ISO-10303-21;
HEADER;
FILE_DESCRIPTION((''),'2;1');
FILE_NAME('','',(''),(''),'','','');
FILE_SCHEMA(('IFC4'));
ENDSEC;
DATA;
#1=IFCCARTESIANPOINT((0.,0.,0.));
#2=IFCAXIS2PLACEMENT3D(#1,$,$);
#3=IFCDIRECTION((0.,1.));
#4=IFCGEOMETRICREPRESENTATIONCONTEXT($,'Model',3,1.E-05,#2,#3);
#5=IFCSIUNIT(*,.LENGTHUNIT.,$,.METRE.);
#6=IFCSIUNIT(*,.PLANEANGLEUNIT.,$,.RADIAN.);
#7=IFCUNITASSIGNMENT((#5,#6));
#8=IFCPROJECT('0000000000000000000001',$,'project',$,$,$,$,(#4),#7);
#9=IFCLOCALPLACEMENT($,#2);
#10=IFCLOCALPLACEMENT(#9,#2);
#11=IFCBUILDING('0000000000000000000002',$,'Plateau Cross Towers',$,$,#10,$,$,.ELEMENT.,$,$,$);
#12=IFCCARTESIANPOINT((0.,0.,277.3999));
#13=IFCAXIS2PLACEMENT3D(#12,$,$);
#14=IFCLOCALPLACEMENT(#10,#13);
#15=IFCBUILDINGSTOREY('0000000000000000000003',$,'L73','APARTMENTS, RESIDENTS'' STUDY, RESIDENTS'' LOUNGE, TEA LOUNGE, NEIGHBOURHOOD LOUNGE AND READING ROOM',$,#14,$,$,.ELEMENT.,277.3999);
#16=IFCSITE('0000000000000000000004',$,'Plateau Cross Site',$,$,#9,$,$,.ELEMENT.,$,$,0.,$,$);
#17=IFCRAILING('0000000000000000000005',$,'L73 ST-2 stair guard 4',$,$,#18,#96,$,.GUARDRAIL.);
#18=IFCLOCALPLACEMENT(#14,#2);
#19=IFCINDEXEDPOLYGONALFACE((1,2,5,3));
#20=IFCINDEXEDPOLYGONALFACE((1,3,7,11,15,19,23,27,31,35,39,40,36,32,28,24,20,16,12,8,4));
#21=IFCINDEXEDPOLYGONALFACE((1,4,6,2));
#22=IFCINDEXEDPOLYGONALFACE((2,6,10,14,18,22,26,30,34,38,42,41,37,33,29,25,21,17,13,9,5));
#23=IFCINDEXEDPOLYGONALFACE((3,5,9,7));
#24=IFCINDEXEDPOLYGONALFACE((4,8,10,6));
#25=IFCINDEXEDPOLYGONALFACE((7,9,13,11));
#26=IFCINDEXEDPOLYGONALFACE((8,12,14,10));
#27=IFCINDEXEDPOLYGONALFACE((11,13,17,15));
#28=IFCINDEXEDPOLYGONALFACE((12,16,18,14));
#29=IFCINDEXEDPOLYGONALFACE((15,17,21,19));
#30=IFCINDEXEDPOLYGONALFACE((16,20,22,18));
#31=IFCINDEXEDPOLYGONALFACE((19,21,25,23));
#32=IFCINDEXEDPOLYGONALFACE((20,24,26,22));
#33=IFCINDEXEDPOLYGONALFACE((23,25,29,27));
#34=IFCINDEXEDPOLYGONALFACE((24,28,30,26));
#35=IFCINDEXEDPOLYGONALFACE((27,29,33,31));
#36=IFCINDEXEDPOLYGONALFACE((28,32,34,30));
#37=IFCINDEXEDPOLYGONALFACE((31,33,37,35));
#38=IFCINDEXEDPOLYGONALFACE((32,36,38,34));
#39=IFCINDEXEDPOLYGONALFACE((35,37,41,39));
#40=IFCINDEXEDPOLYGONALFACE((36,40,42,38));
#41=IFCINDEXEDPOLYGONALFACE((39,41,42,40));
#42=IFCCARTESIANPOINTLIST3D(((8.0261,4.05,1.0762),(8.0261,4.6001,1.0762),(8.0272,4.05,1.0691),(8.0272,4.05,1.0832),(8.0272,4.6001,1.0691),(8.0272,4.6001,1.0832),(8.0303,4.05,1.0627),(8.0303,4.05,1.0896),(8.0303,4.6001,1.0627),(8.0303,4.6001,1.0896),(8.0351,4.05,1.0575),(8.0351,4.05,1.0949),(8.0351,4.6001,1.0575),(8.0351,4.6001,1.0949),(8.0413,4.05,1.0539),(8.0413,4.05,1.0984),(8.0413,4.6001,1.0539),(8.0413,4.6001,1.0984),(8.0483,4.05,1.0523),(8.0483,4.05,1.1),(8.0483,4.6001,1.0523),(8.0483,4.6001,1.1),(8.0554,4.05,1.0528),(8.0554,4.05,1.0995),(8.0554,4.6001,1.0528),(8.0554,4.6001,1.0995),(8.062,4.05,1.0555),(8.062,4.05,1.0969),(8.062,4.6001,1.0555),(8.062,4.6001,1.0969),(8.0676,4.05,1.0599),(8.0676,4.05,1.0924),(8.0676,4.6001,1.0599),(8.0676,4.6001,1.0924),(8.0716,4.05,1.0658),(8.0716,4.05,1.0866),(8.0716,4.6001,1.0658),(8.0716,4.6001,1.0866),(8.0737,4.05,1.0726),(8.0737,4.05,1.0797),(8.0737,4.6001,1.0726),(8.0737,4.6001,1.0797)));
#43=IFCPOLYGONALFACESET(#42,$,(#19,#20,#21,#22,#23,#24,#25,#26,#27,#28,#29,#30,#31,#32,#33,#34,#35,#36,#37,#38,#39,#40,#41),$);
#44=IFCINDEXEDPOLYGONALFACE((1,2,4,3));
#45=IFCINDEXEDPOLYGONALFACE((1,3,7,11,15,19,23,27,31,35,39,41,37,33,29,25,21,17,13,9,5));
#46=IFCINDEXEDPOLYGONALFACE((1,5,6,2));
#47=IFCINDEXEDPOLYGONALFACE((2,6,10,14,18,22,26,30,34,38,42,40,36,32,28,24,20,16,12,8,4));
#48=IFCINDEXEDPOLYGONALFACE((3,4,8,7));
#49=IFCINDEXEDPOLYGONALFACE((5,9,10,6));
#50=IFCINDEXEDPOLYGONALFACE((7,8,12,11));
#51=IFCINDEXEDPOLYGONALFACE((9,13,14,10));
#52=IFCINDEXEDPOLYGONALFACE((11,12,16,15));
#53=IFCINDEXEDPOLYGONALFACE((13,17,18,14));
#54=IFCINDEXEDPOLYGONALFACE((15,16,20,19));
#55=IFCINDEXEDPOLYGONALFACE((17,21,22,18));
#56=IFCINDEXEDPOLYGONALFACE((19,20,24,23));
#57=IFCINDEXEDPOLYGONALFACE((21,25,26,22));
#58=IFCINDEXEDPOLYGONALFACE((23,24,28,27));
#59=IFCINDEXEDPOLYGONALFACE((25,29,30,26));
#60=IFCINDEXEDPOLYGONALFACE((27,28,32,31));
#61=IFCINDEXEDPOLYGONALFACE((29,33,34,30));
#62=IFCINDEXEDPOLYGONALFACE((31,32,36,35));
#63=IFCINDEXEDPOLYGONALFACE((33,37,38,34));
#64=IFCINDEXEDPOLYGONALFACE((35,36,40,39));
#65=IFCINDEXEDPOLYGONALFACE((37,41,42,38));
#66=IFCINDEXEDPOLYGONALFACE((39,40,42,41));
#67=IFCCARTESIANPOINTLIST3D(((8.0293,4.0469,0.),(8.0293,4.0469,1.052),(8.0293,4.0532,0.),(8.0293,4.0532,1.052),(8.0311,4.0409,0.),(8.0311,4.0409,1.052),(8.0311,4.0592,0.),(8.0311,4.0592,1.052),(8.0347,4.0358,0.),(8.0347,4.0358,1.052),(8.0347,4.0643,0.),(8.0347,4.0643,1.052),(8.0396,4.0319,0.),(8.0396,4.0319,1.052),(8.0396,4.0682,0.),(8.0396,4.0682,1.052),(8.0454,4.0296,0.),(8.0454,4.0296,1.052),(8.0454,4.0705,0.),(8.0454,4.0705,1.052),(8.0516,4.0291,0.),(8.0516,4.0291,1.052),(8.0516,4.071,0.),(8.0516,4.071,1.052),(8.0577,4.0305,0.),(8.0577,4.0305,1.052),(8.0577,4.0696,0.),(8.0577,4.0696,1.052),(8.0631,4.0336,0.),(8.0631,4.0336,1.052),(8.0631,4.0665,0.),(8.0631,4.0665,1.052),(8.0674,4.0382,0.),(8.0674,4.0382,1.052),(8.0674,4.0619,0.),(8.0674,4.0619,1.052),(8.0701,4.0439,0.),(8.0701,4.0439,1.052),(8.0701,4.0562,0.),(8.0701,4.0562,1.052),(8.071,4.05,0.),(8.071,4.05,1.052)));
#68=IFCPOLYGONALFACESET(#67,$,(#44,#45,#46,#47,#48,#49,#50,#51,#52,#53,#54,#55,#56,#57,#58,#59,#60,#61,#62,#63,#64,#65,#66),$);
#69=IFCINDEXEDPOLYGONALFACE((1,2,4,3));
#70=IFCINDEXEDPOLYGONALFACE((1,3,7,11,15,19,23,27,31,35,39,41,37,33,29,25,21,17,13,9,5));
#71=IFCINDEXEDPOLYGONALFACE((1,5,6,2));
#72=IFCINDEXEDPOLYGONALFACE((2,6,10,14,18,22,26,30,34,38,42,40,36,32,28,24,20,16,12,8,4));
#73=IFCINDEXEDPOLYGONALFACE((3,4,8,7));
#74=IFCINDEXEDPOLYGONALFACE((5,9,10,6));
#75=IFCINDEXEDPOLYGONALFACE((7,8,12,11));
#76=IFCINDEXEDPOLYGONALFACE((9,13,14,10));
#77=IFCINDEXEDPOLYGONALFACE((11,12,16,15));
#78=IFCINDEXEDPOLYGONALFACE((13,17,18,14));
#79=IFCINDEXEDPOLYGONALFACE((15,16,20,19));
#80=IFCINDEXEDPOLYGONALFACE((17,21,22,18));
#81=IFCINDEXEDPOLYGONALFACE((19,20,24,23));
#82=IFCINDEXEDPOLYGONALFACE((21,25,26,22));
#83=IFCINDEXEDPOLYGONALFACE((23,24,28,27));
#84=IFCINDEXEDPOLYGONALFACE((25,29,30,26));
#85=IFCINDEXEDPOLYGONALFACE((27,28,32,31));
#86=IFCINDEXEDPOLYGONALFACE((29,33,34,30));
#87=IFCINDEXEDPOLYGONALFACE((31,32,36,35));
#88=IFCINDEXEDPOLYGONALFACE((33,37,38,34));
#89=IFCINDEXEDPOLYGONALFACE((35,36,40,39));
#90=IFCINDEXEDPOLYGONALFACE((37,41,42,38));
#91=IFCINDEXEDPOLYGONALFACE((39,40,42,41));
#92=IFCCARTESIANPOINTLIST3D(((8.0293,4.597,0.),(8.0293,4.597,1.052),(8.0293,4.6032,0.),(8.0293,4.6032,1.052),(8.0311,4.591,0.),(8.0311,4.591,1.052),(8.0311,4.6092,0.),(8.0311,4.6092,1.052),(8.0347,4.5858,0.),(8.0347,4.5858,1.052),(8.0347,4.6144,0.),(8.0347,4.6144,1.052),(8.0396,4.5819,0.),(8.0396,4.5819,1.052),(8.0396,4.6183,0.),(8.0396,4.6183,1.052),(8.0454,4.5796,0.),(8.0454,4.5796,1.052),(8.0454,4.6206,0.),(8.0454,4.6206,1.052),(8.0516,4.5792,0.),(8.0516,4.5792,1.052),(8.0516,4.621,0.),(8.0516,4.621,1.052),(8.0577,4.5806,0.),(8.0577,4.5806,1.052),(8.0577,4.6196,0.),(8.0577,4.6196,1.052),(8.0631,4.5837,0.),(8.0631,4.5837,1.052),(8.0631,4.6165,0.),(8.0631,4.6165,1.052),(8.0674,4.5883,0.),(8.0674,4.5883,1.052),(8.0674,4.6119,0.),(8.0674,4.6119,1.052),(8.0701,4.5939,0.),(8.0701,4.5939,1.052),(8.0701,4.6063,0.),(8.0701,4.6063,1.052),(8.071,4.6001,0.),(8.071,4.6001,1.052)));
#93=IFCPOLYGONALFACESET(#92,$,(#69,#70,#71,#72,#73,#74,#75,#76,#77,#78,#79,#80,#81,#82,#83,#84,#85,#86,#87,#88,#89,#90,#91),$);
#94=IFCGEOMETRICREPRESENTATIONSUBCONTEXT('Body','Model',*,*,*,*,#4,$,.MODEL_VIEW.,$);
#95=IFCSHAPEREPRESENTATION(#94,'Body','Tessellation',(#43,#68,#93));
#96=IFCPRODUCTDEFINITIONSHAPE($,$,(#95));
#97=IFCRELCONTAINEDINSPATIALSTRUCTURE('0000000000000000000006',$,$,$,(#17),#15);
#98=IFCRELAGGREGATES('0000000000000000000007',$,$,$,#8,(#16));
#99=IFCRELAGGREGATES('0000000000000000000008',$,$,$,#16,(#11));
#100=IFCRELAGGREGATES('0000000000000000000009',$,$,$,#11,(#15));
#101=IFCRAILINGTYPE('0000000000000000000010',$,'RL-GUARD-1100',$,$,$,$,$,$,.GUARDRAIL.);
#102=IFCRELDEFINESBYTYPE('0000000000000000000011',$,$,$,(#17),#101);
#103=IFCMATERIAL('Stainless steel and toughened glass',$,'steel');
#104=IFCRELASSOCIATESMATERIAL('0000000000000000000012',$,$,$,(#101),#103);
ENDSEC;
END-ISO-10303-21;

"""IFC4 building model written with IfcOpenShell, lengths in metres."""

from ifc_helpers import new_model, si_unit, direction, frame, origin, origin_2d, place, context, subcontext, project, spatial, circle, extrude, material, type_object, element, save


model = new_model("IFC4")

# Units and contexts
model_context = context("Model", 3, precision=1e-05, world=origin(), true_north=direction((0.0, 1.0)))
body_context = subcontext(model_context, "Body", "Model", "MODEL_VIEW")
ifc_project = project(units=[si_unit("LENGTHUNIT", "METRE"), si_unit("PLANEANGLEUNIT", "RADIAN")], contexts=[model_context])

# Site, building, storey
site_placement = place(None, origin())
site = spatial("IfcSite", under=ifc_project, at=site_placement, Name="Plateau Cross Site", CompositionType="ELEMENT", RefElevation=0.0)
building_placement = place(site_placement, origin())
building = spatial("IfcBuilding", under=site, at=building_placement, Name="Plateau Cross Towers", CompositionType="ELEMENT")
storey_placement = place(building_placement, frame((0.0, 0.0, 277.3999)))
storey = spatial("IfcBuildingStorey", under=building, at=storey_placement, Name="L73", Description="APARTMENTS, RESIDENTS' STUDY, RESIDENTS' LOUNGE, TEA LOUNGE, NEIGHBOURHOOD LOUNGE AND READING ROOM", CompositionType="ELEMENT", Elevation=277.3999)

# Railing
ifc_material_1 = material(Name="Stainless steel and toughened glass", Category="steel")
railing_type_1 = type_object("IfcRailingType", Name="RL-GUARD-1100", PredefinedType="GUARDRAIL", material=ifc_material_1)
railing_1_placement = place(storey_placement, frame((8.05, 4.05, 0.0)))
element("IfcRailing", 1, at=railing_1_placement, inside=storey, type_object=railing_type_1, Name="L73 ST-2 stair guard 4", PredefinedType="GUARDRAIL", context=body_context, shape_type="SweptSolid", body=[
    extrude(circle(Radius=0.0239, at=origin_2d()), frame((0.0, 0.0, 1.0762), z_axis=(0.0, 1.0, 0.0), x_axis=(-1.0, 0.0, 0.0)), (0.0, 0.0, 1.0), 0.55),
    extrude(circle(Radius=0.021, at=origin_2d()), origin(), (0.0, 0.0, 1.0), 1.052),
    extrude(circle(Radius=0.021, at=origin_2d()), frame((0.0, 0.55, 0.0)), (0.0, 0.0, 1.0), 1.052),
])

save(model, "model.ifc")
